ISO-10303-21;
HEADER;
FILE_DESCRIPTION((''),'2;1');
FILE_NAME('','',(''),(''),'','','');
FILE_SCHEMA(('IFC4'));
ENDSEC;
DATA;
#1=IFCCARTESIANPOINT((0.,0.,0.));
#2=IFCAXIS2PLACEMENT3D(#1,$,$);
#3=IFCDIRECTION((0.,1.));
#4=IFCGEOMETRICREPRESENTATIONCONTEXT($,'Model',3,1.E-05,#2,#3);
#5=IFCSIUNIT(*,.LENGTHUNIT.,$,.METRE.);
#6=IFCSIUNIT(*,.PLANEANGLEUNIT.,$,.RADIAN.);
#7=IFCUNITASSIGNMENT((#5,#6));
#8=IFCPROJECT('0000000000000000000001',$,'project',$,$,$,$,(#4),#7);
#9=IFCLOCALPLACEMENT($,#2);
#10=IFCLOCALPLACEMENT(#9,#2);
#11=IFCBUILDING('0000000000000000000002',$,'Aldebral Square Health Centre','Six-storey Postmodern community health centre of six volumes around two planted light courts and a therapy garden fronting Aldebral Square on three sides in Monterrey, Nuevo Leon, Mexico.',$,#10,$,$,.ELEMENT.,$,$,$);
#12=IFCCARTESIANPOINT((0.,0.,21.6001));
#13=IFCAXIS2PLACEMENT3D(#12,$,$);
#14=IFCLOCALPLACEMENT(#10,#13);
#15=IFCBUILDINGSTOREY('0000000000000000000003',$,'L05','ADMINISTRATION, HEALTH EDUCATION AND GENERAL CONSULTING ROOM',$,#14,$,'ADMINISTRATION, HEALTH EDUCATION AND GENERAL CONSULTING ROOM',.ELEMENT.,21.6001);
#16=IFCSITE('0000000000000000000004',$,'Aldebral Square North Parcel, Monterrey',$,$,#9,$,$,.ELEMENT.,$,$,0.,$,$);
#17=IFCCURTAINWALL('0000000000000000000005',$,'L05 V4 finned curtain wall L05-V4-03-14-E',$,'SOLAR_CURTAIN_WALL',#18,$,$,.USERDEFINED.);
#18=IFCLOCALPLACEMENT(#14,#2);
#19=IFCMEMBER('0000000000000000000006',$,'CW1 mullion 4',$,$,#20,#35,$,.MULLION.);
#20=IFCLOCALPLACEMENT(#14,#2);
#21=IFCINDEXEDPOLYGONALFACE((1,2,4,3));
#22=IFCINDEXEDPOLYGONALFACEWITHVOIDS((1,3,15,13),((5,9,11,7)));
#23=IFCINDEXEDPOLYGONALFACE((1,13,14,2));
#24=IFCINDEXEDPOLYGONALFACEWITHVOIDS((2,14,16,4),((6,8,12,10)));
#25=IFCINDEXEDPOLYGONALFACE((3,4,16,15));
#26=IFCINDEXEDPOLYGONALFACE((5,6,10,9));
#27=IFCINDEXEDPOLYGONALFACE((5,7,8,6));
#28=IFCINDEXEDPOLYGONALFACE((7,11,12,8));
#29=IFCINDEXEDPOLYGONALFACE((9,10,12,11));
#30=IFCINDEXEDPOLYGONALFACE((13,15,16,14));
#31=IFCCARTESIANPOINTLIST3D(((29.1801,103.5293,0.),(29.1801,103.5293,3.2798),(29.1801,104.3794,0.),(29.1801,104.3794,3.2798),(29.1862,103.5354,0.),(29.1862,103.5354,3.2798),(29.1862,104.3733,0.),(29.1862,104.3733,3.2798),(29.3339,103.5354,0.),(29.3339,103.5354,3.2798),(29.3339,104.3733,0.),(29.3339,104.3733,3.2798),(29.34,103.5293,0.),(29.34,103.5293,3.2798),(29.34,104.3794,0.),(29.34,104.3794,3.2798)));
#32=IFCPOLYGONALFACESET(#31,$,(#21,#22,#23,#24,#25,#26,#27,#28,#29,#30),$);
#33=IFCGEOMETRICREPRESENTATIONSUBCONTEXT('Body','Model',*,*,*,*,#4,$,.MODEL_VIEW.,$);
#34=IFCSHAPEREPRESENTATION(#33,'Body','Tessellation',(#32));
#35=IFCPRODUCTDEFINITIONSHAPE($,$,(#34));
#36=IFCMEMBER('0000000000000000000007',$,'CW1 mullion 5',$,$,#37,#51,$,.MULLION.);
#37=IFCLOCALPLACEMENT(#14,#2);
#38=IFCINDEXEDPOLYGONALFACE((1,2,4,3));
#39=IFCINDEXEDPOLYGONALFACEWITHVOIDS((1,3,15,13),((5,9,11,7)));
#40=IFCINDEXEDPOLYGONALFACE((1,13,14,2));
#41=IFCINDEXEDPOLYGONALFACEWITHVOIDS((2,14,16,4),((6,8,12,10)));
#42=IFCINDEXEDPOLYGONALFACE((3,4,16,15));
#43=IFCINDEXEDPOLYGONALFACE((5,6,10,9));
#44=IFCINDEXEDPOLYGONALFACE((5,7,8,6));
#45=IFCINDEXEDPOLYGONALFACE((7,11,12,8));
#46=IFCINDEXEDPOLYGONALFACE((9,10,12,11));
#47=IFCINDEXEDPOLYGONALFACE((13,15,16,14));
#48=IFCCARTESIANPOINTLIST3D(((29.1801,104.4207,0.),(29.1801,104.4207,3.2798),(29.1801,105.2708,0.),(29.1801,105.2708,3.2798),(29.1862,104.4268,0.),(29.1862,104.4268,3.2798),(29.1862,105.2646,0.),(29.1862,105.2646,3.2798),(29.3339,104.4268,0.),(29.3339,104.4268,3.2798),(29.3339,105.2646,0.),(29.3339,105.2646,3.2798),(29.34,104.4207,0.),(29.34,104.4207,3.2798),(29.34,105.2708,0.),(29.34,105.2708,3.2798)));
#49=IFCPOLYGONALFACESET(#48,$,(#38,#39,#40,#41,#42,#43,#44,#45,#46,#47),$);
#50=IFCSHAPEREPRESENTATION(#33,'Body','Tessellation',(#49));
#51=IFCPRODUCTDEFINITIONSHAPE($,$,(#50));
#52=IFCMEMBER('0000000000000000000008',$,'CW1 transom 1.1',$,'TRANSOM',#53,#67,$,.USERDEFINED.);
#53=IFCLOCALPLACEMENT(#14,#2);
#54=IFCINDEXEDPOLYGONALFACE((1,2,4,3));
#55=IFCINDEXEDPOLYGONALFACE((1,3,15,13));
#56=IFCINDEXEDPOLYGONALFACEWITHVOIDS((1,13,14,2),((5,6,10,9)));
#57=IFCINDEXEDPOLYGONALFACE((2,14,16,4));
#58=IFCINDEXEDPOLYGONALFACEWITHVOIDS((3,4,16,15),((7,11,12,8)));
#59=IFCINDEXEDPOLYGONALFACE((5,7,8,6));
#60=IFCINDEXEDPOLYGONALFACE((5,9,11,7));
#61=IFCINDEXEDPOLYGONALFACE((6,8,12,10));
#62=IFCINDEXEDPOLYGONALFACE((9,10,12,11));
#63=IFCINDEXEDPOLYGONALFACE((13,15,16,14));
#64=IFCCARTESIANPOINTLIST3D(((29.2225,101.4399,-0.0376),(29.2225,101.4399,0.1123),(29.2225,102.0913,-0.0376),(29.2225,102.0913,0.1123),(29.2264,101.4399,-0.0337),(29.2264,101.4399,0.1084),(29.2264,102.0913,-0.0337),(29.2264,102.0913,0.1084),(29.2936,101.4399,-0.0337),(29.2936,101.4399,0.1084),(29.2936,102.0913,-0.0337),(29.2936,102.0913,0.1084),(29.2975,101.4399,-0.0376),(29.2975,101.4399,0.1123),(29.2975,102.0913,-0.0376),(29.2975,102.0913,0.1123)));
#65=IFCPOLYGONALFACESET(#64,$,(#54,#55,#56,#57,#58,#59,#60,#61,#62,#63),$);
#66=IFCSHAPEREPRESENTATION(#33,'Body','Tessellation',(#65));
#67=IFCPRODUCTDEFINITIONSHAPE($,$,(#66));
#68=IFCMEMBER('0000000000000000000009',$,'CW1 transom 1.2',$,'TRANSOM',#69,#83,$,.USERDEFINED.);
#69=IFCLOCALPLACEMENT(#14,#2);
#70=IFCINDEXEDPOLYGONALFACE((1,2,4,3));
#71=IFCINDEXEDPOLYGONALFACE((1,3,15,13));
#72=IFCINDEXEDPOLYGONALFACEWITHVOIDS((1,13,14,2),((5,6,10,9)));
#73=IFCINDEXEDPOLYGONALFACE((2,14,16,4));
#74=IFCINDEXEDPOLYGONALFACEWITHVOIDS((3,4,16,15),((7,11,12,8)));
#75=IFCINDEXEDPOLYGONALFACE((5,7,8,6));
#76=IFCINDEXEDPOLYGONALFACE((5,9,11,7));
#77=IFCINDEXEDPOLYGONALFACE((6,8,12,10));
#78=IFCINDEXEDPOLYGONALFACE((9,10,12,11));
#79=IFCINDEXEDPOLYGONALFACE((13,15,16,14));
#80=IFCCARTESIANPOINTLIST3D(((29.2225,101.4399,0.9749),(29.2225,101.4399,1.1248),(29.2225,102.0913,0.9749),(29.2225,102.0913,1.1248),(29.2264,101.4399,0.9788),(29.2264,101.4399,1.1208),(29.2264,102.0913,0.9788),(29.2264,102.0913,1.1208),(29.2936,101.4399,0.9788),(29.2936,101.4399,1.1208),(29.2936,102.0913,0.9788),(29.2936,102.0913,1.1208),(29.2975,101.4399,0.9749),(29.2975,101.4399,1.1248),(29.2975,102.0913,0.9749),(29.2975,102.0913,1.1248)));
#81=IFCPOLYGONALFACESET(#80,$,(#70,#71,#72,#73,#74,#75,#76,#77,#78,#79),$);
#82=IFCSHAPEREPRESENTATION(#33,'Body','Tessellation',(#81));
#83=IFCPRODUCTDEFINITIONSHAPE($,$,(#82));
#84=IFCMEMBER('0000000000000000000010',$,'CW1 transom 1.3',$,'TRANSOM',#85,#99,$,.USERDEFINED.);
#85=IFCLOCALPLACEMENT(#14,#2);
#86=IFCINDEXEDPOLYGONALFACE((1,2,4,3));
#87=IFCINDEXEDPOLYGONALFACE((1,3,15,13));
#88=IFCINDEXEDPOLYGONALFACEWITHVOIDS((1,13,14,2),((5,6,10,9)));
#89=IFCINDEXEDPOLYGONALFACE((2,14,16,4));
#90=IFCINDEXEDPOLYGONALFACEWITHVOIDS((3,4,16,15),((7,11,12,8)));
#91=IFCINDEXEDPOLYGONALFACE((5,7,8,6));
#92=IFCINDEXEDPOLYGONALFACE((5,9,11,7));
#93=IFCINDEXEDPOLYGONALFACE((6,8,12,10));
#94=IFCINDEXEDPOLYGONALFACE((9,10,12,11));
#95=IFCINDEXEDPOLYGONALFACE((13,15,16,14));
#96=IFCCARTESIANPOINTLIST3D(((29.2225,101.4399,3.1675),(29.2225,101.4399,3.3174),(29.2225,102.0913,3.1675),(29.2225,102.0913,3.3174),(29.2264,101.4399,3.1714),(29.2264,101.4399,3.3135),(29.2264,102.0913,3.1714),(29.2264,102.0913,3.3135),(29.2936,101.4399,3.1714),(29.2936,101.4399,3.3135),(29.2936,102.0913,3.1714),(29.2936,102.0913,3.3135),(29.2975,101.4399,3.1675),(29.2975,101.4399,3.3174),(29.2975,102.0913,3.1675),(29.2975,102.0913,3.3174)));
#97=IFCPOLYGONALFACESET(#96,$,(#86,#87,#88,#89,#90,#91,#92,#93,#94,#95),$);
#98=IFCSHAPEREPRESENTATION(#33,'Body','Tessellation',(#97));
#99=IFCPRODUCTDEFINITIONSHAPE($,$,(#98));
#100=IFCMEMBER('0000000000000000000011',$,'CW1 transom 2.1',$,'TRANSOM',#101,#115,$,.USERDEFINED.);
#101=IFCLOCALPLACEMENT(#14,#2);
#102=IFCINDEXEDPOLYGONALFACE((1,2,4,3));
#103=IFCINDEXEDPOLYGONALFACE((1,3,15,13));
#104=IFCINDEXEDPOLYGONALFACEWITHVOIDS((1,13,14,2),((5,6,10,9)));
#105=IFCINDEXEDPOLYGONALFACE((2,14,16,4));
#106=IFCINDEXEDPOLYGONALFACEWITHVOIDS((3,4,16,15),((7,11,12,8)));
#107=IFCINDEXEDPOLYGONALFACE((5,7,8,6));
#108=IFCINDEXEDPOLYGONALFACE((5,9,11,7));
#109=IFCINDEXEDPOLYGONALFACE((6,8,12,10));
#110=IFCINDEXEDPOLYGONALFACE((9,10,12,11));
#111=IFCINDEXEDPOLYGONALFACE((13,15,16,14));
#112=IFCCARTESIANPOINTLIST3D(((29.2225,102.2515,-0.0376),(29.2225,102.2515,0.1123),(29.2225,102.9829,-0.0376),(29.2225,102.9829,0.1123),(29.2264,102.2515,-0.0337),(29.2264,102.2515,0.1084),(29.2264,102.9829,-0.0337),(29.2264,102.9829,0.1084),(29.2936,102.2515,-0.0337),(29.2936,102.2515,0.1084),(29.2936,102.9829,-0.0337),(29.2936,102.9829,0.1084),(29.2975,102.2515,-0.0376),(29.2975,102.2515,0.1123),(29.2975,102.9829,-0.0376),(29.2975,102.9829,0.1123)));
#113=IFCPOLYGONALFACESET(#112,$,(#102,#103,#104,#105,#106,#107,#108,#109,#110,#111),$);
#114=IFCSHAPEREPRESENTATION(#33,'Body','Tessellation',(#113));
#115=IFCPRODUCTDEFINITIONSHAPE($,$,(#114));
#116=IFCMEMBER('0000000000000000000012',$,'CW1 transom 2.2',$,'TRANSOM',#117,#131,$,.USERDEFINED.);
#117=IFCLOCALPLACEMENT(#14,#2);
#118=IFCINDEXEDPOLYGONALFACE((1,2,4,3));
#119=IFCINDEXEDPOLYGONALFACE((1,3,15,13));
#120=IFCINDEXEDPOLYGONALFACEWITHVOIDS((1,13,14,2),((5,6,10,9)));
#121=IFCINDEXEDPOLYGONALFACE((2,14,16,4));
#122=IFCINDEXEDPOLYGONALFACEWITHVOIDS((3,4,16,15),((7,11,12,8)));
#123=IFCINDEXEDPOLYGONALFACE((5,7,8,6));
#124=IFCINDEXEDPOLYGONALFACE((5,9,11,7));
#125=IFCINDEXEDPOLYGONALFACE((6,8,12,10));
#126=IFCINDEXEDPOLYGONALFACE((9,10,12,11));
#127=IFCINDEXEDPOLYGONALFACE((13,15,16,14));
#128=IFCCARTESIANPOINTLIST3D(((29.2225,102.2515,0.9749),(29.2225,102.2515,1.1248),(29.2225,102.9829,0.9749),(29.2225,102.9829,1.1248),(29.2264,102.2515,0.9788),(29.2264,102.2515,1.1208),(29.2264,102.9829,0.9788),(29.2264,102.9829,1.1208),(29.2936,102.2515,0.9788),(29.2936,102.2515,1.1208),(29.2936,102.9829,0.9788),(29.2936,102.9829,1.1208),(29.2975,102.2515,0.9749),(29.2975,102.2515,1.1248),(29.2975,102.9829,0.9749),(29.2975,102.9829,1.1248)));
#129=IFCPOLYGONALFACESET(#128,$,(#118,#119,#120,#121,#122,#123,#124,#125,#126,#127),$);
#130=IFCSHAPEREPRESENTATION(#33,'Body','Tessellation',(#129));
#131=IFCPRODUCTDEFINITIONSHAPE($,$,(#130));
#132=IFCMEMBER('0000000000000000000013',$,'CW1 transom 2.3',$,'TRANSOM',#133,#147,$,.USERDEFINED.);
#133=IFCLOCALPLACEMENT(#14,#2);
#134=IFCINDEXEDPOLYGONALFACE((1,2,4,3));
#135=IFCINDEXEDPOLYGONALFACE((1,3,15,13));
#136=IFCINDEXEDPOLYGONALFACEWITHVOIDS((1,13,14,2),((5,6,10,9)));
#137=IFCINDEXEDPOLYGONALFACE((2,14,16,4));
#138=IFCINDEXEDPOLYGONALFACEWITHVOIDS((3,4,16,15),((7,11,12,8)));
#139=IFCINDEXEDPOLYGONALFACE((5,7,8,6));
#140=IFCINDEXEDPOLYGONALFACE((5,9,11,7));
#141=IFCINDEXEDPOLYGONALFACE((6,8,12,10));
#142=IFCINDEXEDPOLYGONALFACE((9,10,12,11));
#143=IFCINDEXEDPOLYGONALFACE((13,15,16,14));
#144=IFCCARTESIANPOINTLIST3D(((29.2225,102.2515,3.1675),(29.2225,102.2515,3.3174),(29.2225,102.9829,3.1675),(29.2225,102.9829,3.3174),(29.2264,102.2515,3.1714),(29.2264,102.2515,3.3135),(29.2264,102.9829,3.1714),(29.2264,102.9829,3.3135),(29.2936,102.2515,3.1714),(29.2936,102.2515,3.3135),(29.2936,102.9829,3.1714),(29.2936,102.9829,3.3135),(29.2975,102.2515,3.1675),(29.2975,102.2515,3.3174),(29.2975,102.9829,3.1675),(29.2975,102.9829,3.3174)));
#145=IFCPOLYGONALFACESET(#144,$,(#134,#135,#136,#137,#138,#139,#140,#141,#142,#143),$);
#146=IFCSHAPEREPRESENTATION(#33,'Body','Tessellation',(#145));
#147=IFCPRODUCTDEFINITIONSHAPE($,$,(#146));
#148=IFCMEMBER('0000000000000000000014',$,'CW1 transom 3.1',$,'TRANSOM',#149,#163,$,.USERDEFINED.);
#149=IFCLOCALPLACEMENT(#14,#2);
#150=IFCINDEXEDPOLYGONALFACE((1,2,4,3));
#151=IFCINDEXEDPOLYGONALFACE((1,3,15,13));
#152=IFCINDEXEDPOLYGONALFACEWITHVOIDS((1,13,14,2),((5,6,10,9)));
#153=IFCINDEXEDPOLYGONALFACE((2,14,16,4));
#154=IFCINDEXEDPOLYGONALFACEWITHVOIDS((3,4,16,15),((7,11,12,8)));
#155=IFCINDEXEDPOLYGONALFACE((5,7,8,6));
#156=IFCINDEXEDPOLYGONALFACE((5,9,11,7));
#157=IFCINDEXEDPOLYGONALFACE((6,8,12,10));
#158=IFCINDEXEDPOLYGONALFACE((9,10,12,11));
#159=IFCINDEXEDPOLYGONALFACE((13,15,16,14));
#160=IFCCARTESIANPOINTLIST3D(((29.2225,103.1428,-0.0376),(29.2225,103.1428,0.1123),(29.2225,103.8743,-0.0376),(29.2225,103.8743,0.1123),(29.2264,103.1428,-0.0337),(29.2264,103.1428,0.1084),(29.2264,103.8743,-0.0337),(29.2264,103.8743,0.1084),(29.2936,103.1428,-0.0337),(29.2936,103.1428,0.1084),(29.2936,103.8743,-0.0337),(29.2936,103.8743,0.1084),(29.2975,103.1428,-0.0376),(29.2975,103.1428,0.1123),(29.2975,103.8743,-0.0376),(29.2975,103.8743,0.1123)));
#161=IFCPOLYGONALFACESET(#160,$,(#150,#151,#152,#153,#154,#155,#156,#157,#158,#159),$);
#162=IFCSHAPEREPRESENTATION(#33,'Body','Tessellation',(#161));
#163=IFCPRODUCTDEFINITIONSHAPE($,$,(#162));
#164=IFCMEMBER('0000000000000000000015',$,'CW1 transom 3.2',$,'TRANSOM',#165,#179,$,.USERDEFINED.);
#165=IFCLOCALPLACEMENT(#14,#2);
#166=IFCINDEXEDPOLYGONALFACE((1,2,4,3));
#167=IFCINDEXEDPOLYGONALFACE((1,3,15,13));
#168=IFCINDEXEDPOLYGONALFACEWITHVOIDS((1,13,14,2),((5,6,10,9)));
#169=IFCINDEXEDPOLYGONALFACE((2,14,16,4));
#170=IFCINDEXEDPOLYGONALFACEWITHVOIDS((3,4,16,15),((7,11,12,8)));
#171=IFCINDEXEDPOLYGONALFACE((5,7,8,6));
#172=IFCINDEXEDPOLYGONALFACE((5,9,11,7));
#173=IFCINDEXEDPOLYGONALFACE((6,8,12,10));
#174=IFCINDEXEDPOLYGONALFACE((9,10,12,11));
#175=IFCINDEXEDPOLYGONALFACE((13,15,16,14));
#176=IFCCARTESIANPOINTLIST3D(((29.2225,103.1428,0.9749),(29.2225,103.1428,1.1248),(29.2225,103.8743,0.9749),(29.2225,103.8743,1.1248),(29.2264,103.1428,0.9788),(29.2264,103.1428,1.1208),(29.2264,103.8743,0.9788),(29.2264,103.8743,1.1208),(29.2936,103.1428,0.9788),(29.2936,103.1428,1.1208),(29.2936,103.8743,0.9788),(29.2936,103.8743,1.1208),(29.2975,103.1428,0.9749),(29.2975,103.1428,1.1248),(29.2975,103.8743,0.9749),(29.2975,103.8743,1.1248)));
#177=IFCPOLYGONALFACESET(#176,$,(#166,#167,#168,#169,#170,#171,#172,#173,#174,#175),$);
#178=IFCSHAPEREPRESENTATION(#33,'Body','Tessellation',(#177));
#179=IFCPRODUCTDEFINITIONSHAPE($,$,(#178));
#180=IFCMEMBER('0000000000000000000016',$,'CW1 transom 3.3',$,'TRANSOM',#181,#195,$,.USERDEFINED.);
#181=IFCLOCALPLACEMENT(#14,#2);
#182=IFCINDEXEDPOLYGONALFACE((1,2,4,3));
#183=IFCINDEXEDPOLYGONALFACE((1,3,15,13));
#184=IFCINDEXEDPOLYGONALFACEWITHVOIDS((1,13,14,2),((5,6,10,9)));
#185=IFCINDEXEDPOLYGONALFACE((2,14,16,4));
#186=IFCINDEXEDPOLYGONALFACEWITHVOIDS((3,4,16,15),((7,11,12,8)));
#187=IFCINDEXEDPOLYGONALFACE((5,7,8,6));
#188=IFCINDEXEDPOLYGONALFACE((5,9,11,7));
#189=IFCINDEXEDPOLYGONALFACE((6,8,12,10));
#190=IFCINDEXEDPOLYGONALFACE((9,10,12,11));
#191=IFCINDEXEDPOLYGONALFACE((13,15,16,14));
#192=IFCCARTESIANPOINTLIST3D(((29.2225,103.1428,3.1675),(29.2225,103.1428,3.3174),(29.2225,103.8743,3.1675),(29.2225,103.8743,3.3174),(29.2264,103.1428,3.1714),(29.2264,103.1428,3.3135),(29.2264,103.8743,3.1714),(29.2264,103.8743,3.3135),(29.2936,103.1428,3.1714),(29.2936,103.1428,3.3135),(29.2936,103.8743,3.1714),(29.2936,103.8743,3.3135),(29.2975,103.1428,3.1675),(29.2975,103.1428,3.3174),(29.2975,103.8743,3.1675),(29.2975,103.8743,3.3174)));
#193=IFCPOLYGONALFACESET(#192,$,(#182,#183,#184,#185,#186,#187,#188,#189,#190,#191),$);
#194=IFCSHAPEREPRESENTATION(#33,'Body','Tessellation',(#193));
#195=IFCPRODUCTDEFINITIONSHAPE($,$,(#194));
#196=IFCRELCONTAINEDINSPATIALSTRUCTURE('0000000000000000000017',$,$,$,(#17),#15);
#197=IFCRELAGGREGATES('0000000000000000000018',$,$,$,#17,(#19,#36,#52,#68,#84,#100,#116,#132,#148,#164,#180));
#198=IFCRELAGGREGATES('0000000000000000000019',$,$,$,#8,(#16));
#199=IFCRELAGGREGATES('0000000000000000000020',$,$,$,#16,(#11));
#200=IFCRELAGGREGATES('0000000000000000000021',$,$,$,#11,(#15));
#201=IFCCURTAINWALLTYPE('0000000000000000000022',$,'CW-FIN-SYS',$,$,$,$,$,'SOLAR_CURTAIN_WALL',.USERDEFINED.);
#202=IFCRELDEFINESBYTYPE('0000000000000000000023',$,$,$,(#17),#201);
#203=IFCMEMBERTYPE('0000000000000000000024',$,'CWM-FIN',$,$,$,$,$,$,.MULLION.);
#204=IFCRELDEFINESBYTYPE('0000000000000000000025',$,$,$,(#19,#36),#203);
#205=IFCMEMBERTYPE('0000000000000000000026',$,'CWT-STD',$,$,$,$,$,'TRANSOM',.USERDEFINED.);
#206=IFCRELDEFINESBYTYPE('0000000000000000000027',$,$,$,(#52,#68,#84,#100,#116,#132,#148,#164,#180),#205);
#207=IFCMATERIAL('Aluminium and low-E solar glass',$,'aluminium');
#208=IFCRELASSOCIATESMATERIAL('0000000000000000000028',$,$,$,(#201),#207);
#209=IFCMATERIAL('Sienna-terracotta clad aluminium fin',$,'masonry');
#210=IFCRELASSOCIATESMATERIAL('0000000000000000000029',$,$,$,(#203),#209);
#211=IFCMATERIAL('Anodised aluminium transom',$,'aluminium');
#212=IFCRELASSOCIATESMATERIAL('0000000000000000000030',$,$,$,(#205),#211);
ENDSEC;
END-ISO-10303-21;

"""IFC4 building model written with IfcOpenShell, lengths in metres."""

from ifc_helpers import new_model, si_unit, direction, frame, origin, origin_2d, place, context, subcontext, project, spatial, hollow_rectangle, extrude, material, material_profile, profile_set, type_object, element, aggregate, save


model = new_model("IFC4")

# Units and contexts
model_context = context("Model", 3, precision=1e-05, world=origin(), true_north=direction((0.0, 1.0)))
body_context = subcontext(model_context, "Body", "Model", "MODEL_VIEW")
ifc_project = project(units=[si_unit("LENGTHUNIT", "METRE"), si_unit("PLANEANGLEUNIT", "RADIAN")], contexts=[model_context])

# Site, building, storey
site_placement = place(None, origin())
site = spatial("IfcSite", under=ifc_project, at=site_placement, Name="Aldebral Square North Parcel, Monterrey", CompositionType="ELEMENT", RefElevation=0.0)
building_placement = place(site_placement, origin())
building = spatial("IfcBuilding", under=site, at=building_placement, Name="Aldebral Square Health Centre", Description="Six-storey Postmodern community health centre of six volumes around two planted light courts and a therapy garden fronting Aldebral Square on three sides in Monterrey, Nuevo Leon, Mexico.", CompositionType="ELEMENT")
storey_placement = place(building_placement, frame((0.0, 0.0, 21.6001)))
storey = spatial("IfcBuildingStorey", under=building, at=storey_placement, Name="L05", Description="ADMINISTRATION, HEALTH EDUCATION AND GENERAL CONSULTING ROOM", LongName="ADMINISTRATION, HEALTH EDUCATION AND GENERAL CONSULTING ROOM", CompositionType="ELEMENT", Elevation=21.6001)

# Curtain wall, members
ifc_material_1 = material(Name="Aluminium and low-E solar glass", Category="aluminium")
curtain_wall_type = type_object("IfcCurtainWallType", Name="CW-FIN-SYS", ElementType="SOLAR_CURTAIN_WALL", PredefinedType="USERDEFINED", material=ifc_material_1)
curtain_wall_placement = place(storey_placement, origin())
curtain_wall = element("IfcCurtainWall", 1, at=curtain_wall_placement, inside=storey, type_object=curtain_wall_type, Name="L05 V4 finned curtain wall L05-V4-03-14-E", ObjectType="SOLAR_CURTAIN_WALL", PredefinedType="USERDEFINED")
ifc_material_2 = material(Name="Sienna-terracotta clad aluminium fin", Category="masonry")
ifc_material_profile_1 = material_profile(ifc_material_2, hollow_rectangle(XDim=0.1599, YDim=0.8501, WallThickness=0.0061, at=origin_2d()), Name="FIN 160x850x6")
ifc_profile_set_1 = profile_set([ifc_material_profile_1], Name="Sienna-terracotta clad aluminium fin")
member_type_1 = type_object("IfcMemberType", Name="CWM-FIN", PredefinedType="MULLION", material=ifc_profile_set_1)
member_1_placement = place(storey_placement, frame((29.26, 103.9543, 0.0), z_axis=(0.0, 0.0, 1.0), x_axis=(-1.0, 0.0, 0.0)))
member_1 = element("IfcMember", 2, at=member_1_placement, type_object=member_type_1, Name="CW1 mullion 4", PredefinedType="MULLION", context=body_context, shape_type="SweptSolid", body=[
    extrude(hollow_rectangle(XDim=0.1599, YDim=0.8501, WallThickness=0.0061, at=origin_2d()), origin(), (0.0, 0.0, 1.0), 3.2798),
])
member_2_placement = place(storey_placement, frame((29.26, 104.8457, 0.0), z_axis=(0.0, 0.0, 1.0), x_axis=(-1.0, 0.0, 0.0)))
member_2 = element("IfcMember", 3, at=member_2_placement, type_object=member_type_1, Name="CW1 mullion 5", PredefinedType="MULLION", context=body_context, shape_type="SweptSolid", body=[
    extrude(hollow_rectangle(XDim=0.1599, YDim=0.8501, WallThickness=0.0061, at=origin_2d()), origin(), (0.0, 0.0, 1.0), 3.2798),
])
ifc_material_3 = material(Name="Anodised aluminium transom", Category="aluminium")
ifc_material_profile_2 = material_profile(ifc_material_3, hollow_rectangle(XDim=0.075, YDim=0.1499, WallThickness=0.0039, at=origin_2d()), Name="CWT 75x150x4")
ifc_profile_set_2 = profile_set([ifc_material_profile_2], Name="Anodised aluminium transom")
member_type_2 = type_object("IfcMemberType", Name="CWT-STD", ElementType="TRANSOM", PredefinedType="USERDEFINED", material=ifc_profile_set_2)
member_3_placement = place(storey_placement, frame((29.26, 101.4399, 0.0374), z_axis=(0.0, 1.0, 0.0), x_axis=(-1.0, 0.0, 0.0)))
member_3 = element("IfcMember", 4, at=member_3_placement, type_object=member_type_2, Name="CW1 transom 1.1", ObjectType="TRANSOM", PredefinedType="USERDEFINED", context=body_context, shape_type="SweptSolid", body=[
    extrude(hollow_rectangle(XDim=0.075, YDim=0.1499, WallThickness=0.0039, at=origin_2d()), origin(), (0.0, 0.0, 1.0), 0.6514),
])
member_4_placement = place(storey_placement, frame((29.26, 101.4399, 1.0498), z_axis=(0.0, 1.0, 0.0), x_axis=(-1.0, 0.0, 0.0)))
member_4 = element("IfcMember", 5, at=member_4_placement, type_object=member_type_2, Name="CW1 transom 1.2", ObjectType="TRANSOM", PredefinedType="USERDEFINED", context=body_context, shape_type="SweptSolid", body=[
    extrude(hollow_rectangle(XDim=0.075, YDim=0.1499, WallThickness=0.0039, at=origin_2d()), origin(), (0.0, 0.0, 1.0), 0.6514),
])
member_5_placement = place(storey_placement, frame((29.26, 101.4399, 3.2424), z_axis=(0.0, 1.0, 0.0), x_axis=(-1.0, 0.0, 0.0)))
member_5 = element("IfcMember", 6, at=member_5_placement, type_object=member_type_2, Name="CW1 transom 1.3", ObjectType="TRANSOM", PredefinedType="USERDEFINED", context=body_context, shape_type="SweptSolid", body=[
    extrude(hollow_rectangle(XDim=0.075, YDim=0.1499, WallThickness=0.0039, at=origin_2d()), origin(), (0.0, 0.0, 1.0), 0.6514),
])
member_6_placement = place(storey_placement, frame((29.26, 102.2515, 0.0374), z_axis=(0.0, 1.0, 0.0), x_axis=(-1.0, 0.0, 0.0)))
member_6 = element("IfcMember", 7, at=member_6_placement, type_object=member_type_2, Name="CW1 transom 2.1", ObjectType="TRANSOM", PredefinedType="USERDEFINED", context=body_context, shape_type="SweptSolid", body=[
    extrude(hollow_rectangle(XDim=0.075, YDim=0.1499, WallThickness=0.0039, at=origin_2d()), origin(), (0.0, 0.0, 1.0), 0.7314),
])
member_7_placement = place(storey_placement, frame((29.26, 102.2515, 1.0498), z_axis=(0.0, 1.0, 0.0), x_axis=(-1.0, 0.0, 0.0)))
member_7 = element("IfcMember", 8, at=member_7_placement, type_object=member_type_2, Name="CW1 transom 2.2", ObjectType="TRANSOM", PredefinedType="USERDEFINED", context=body_context, shape_type="SweptSolid", body=[
    extrude(hollow_rectangle(XDim=0.075, YDim=0.1499, WallThickness=0.0039, at=origin_2d()), origin(), (0.0, 0.0, 1.0), 0.7314),
])
member_8_placement = place(storey_placement, frame((29.26, 102.2515, 3.2424), z_axis=(0.0, 1.0, 0.0), x_axis=(-1.0, 0.0, 0.0)))
member_8 = element("IfcMember", 9, at=member_8_placement, type_object=member_type_2, Name="CW1 transom 2.3", ObjectType="TRANSOM", PredefinedType="USERDEFINED", context=body_context, shape_type="SweptSolid", body=[
    extrude(hollow_rectangle(XDim=0.075, YDim=0.1499, WallThickness=0.0039, at=origin_2d()), origin(), (0.0, 0.0, 1.0), 0.7314),
])
member_9_placement = place(storey_placement, frame((29.26, 103.1428, 0.0374), z_axis=(0.0, 1.0, 0.0), x_axis=(-1.0, 0.0, 0.0)))
member_9 = element("IfcMember", 10, at=member_9_placement, type_object=member_type_2, Name="CW1 transom 3.1", ObjectType="TRANSOM", PredefinedType="USERDEFINED", context=body_context, shape_type="SweptSolid", body=[
    extrude(hollow_rectangle(XDim=0.075, YDim=0.1499, WallThickness=0.0039, at=origin_2d()), origin(), (0.0, 0.0, 1.0), 0.7314),
])
member_10_placement = place(storey_placement, frame((29.26, 103.1428, 1.0498), z_axis=(0.0, 1.0, 0.0), x_axis=(-1.0, 0.0, 0.0)))
member_10 = element("IfcMember", 11, at=member_10_placement, type_object=member_type_2, Name="CW1 transom 3.2", ObjectType="TRANSOM", PredefinedType="USERDEFINED", context=body_context, shape_type="SweptSolid", body=[
    extrude(hollow_rectangle(XDim=0.075, YDim=0.1499, WallThickness=0.0039, at=origin_2d()), origin(), (0.0, 0.0, 1.0), 0.7314),
])
member_11_placement = place(storey_placement, frame((29.26, 103.1428, 3.2424), z_axis=(0.0, 1.0, 0.0), x_axis=(-1.0, 0.0, 0.0)))
member_11 = element("IfcMember", 12, at=member_11_placement, type_object=member_type_2, Name="CW1 transom 3.3", ObjectType="TRANSOM", PredefinedType="USERDEFINED", context=body_context, shape_type="SweptSolid", body=[
    extrude(hollow_rectangle(XDim=0.075, YDim=0.1499, WallThickness=0.0039, at=origin_2d()), origin(), (0.0, 0.0, 1.0), 0.7314),
])
aggregate(curtain_wall, [member_1, member_2, member_3, member_4, member_5, member_6, member_7, member_8, member_9, member_10, member_11])

save(model, "model.ifc")
